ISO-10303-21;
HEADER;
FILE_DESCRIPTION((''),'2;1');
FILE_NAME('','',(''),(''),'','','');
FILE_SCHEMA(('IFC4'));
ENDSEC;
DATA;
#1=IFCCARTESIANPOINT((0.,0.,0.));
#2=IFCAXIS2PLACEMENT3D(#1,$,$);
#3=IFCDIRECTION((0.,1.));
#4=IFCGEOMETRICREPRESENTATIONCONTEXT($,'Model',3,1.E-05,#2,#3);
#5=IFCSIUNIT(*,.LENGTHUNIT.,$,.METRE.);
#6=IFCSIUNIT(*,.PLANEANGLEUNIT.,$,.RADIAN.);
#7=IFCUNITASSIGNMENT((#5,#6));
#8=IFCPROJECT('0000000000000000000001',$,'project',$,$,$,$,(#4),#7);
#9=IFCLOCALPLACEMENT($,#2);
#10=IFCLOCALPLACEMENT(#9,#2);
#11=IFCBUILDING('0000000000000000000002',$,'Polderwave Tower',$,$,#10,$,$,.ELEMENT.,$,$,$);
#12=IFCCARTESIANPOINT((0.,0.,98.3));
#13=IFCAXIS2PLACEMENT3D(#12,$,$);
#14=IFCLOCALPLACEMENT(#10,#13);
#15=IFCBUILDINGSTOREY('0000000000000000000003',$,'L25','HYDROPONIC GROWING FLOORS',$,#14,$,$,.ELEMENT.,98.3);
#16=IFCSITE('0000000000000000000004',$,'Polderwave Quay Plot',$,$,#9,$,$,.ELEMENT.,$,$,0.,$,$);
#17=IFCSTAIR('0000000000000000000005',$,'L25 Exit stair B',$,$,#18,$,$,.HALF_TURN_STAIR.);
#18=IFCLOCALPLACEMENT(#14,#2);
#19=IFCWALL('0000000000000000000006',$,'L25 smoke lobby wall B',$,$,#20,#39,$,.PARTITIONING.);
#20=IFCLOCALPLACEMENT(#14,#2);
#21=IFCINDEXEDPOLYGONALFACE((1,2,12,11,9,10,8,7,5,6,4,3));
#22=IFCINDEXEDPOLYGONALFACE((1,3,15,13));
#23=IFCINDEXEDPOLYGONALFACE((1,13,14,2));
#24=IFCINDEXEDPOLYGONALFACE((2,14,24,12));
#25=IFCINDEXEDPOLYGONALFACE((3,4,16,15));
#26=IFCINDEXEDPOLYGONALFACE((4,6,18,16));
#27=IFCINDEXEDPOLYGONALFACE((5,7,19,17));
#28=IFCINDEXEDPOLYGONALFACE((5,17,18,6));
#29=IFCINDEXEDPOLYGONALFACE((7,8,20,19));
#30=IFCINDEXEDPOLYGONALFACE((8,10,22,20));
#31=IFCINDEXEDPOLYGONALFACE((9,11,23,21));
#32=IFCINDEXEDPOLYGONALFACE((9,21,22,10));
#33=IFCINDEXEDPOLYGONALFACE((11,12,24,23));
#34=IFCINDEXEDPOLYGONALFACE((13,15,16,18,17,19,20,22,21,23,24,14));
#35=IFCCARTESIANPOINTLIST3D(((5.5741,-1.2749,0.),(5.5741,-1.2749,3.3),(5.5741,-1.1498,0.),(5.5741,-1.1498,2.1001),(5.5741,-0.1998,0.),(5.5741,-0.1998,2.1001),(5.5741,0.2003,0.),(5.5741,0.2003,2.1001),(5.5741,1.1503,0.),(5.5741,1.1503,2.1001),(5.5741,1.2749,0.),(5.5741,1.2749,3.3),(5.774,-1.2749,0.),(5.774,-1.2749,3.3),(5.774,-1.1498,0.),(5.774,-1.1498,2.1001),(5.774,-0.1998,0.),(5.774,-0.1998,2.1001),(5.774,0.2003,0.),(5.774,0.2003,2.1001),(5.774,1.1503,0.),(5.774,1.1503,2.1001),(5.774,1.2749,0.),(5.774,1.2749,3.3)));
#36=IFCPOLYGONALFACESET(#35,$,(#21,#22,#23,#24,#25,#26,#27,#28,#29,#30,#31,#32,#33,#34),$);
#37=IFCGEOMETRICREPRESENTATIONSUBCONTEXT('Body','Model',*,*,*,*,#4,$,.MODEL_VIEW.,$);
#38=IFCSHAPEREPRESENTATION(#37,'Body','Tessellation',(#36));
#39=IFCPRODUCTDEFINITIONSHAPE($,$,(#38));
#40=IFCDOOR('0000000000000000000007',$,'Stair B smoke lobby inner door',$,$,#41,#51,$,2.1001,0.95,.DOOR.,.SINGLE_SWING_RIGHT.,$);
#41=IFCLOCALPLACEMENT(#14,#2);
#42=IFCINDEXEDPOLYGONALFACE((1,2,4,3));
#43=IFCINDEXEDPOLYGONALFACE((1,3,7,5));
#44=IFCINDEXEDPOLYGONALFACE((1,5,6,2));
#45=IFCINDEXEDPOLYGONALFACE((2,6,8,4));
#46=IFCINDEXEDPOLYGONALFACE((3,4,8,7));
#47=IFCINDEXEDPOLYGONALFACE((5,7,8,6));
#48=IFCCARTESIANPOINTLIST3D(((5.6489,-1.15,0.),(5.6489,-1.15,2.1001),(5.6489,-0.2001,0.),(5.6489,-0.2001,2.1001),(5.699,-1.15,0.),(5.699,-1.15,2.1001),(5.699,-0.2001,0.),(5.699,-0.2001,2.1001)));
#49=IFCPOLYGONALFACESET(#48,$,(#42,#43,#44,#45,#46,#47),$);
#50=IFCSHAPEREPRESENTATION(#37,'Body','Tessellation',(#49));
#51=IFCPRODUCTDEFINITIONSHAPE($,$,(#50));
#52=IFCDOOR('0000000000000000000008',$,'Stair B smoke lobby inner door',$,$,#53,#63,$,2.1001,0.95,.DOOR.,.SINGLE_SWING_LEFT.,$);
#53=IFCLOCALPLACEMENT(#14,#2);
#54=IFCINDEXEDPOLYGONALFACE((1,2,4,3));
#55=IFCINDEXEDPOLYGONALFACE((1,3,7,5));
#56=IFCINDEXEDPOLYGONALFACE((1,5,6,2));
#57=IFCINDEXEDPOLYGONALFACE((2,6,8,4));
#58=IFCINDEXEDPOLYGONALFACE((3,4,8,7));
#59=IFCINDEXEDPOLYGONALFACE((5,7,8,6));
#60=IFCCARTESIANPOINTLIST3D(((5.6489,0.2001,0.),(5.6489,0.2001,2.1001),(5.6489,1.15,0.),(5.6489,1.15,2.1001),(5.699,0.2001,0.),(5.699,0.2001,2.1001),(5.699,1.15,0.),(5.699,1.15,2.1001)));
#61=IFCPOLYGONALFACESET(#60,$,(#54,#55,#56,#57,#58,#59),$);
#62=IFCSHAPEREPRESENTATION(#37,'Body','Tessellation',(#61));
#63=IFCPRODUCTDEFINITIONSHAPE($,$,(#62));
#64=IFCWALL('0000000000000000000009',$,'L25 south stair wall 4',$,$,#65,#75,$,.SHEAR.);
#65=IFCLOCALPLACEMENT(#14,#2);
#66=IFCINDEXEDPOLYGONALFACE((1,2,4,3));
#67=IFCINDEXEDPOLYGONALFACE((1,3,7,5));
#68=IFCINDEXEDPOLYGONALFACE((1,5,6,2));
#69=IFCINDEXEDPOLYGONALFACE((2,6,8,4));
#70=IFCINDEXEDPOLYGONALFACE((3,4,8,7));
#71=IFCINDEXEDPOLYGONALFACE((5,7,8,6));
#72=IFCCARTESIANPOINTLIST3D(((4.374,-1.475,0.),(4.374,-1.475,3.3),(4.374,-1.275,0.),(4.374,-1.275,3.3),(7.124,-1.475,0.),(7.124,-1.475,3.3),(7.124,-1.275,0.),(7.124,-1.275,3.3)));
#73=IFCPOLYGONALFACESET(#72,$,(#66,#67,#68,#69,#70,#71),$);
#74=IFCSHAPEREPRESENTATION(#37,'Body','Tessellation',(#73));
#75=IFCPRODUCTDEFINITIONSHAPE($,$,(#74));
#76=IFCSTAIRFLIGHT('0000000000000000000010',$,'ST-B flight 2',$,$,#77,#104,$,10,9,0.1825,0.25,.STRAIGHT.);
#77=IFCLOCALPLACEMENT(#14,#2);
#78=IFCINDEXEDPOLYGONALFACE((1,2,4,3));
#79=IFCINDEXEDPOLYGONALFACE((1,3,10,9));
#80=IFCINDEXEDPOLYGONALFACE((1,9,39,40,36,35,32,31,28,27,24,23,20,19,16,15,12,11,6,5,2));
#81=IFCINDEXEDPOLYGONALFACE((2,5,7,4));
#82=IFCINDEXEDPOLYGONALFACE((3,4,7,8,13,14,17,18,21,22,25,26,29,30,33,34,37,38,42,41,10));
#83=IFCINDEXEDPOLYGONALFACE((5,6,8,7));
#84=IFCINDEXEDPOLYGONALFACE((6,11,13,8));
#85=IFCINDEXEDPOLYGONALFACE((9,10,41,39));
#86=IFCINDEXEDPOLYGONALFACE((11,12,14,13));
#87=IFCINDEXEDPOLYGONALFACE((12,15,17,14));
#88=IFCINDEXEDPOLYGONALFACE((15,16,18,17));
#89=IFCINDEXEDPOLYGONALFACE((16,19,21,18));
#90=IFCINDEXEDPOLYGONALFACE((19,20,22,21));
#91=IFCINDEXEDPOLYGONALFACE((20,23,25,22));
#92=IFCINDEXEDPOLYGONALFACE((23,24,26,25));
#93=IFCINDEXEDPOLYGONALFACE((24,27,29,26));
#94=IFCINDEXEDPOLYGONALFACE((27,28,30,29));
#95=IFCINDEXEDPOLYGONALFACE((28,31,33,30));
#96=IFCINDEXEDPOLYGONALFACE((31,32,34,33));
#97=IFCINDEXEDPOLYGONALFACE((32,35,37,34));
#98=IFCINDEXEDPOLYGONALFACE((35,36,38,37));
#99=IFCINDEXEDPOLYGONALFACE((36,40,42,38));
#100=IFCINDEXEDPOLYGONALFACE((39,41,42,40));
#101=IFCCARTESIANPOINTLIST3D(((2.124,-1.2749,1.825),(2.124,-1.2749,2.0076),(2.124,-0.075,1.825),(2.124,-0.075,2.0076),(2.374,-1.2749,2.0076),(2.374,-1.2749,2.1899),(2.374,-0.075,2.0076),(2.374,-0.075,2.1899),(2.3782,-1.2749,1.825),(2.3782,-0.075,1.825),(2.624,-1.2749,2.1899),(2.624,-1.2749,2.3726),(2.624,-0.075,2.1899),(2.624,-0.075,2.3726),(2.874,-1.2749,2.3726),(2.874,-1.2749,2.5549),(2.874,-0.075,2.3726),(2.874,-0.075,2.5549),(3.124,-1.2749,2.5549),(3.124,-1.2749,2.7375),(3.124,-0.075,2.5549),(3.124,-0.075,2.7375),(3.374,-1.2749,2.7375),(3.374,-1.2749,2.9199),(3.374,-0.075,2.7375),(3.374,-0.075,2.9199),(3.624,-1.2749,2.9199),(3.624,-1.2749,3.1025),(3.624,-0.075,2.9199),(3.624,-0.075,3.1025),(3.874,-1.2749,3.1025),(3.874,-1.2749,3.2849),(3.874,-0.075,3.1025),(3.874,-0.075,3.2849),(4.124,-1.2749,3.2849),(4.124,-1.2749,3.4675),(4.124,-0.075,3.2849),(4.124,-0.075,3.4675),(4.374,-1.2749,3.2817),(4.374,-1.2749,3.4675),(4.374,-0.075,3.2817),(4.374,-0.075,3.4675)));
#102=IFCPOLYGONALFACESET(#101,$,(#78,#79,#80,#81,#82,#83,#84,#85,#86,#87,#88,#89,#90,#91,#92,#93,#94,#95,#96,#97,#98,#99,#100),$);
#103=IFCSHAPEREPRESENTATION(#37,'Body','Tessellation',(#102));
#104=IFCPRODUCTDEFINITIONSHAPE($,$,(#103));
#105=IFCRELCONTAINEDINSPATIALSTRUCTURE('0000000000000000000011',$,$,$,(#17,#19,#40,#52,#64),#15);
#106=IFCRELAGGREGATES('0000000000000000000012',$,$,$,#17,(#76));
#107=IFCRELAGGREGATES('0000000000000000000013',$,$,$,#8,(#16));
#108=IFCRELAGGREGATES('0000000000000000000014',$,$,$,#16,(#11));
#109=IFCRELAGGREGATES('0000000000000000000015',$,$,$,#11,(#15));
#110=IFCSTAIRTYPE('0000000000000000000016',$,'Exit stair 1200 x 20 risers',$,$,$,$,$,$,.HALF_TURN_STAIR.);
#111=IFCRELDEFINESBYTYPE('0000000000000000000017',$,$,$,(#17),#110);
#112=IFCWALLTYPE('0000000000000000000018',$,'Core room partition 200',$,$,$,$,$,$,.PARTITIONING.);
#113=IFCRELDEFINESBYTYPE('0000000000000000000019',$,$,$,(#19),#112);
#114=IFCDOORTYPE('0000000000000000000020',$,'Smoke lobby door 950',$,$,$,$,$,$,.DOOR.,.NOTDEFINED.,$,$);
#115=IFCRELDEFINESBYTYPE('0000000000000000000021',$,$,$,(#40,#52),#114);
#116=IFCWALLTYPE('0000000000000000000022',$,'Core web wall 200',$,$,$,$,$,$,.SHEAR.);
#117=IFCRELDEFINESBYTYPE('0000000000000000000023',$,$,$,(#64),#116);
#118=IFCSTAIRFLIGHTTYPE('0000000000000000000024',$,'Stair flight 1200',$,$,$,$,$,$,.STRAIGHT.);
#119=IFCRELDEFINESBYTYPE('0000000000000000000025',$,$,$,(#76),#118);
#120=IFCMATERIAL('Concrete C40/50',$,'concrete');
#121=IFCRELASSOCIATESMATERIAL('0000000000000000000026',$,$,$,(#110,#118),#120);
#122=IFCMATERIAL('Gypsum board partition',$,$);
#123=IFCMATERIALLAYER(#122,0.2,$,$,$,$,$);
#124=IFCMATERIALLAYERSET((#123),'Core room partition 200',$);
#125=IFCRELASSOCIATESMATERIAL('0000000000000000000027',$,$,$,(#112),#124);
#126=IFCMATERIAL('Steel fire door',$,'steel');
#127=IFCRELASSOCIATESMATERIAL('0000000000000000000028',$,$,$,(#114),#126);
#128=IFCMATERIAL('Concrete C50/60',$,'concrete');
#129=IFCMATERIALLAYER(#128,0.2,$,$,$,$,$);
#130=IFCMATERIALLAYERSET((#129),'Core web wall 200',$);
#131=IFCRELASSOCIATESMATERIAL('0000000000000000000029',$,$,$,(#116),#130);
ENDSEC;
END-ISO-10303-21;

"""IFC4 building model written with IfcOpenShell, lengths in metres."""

from ifc_helpers import new_model, si_unit, direction, frame, frame_2d, origin, place, context, subcontext, project, spatial, polyline, rectangle, outline, extrude, material, layer, layer_set, type_object, element, fill, aggregate, save


model = new_model("IFC4")

# Units and contexts
model_context = context("Model", 3, precision=1e-05, world=origin(), true_north=direction((0.0, 1.0)))
body_context = subcontext(model_context, "Body", "Model", "MODEL_VIEW")
ifc_project = project(units=[si_unit("LENGTHUNIT", "METRE"), si_unit("PLANEANGLEUNIT", "RADIAN")], contexts=[model_context])

# Site, building, storey
site_placement = place(None, origin())
site = spatial("IfcSite", under=ifc_project, at=site_placement, Name="Polderwave Quay Plot", CompositionType="ELEMENT", RefElevation=0.0)
building_placement = place(site_placement, origin())
building = spatial("IfcBuilding", under=site, at=building_placement, Name="Polderwave Tower", CompositionType="ELEMENT")
storey_placement = place(building_placement, frame((0.0, 0.0, 98.3)))
storey = spatial("IfcBuildingStorey", under=building, at=storey_placement, Name="L25", Description="HYDROPONIC GROWING FLOORS", CompositionType="ELEMENT", Elevation=98.3)

# Shared definitions
ifc_material_1 = material(Name="Concrete C40/50", Category="concrete")

# Stair
stair_type = type_object("IfcStairType", Name="Exit stair 1200 x 20 risers", PredefinedType="HALF_TURN_STAIR", material=ifc_material_1)
stair_1_placement = place(storey_placement, origin())
stair_1 = element("IfcStair", 1, at=stair_1_placement, inside=storey, type_object=stair_type, Name="L25 Exit stair B", PredefinedType="HALF_TURN_STAIR")

# Wall, openings, doors
ifc_material_2 = material(Name="Steel fire door", Category="steel")
ifc_material_3 = material(Name="Gypsum board partition")
ifc_layer_1 = layer(ifc_material_3, 0.2)
ifc_layer_set_1 = layer_set([ifc_layer_1], Name="Core room partition 200")
wall_type_1 = type_object("IfcWallType", Name="Core room partition 200", PredefinedType="PARTITIONING", material=ifc_layer_set_1)
wall_1_placement = place(storey_placement, frame((5.6741, -1.2749, 0.0), z_axis=(0.0, 0.0, 1.0), x_axis=(0.0, 1.0, 0.0)))
wall_1 = element("IfcWall", 2, at=wall_1_placement, inside=storey, type_object=wall_type_1, Name="L25 smoke lobby wall B", PredefinedType="PARTITIONING", context=body_context, shape_type="SweptSolid", body=[
    extrude(rectangle(XDim=2.5498, YDim=0.2, at=frame_2d((1.2749, 0.0))), origin(), (0.0, 0.0, 1.0), 3.3),
])
opening_1_placement = place(wall_1_placement, frame((0.125, 0.0, 0.0)))
opening_1 = element("IfcOpeningElement", 3, at=opening_1_placement, cuts=wall_1, PredefinedType="OPENING", context=body_context, shape_type="SweptSolid", body=[
    extrude(rectangle(XDim=0.95, YDim=2.1001, at=frame_2d((0.4751, 1.05))), frame((0.0, 0.1099, 0.0), z_axis=(0.0, -1.0, 0.0), x_axis=(1.0, 0.0, 0.0)), (0.0, 0.0, 1.0), 0.22),
])
opening_2_placement = place(wall_1_placement, frame((1.4751, 0.0, 0.0)))
opening_2 = element("IfcOpeningElement", 4, at=opening_2_placement, cuts=wall_1, PredefinedType="OPENING", context=body_context, shape_type="SweptSolid", body=[
    extrude(rectangle(XDim=0.95, YDim=2.1001, at=frame_2d((0.4751, 1.05))), frame((0.0, 0.1099, 0.0), z_axis=(0.0, -1.0, 0.0), x_axis=(1.0, 0.0, 0.0)), (0.0, 0.0, 1.0), 0.22),
])
door_type_1 = type_object("IfcDoorType", Name="Smoke lobby door 950", OperationType="NOTDEFINED", PredefinedType="DOOR", material=ifc_material_2)
door_1_placement = place(opening_1_placement, frame((0.95, 0.0, 0.0), z_axis=(0.0, 0.0, 1.0), x_axis=(-1.0, 0.0, 0.0)))
door_1 = element("IfcDoor", 5, at=door_1_placement, inside=storey, type_object=door_type_1, Name="Stair B smoke lobby inner door", OperationType="SINGLE_SWING_RIGHT", OverallHeight=2.1001, OverallWidth=0.95, PredefinedType="DOOR", context=body_context, shape_type="SweptSolid", body=[
    extrude(rectangle(XDim=0.95, YDim=2.1001, at=frame_2d((0.4751, 1.05))), frame((0.0, 0.0249, 0.0), z_axis=(0.0, -1.0, 0.0), x_axis=(1.0, 0.0, 0.0)), (0.0, 0.0, 1.0), 0.05),
])
fill(opening_1, door_1)
door_2_placement = place(opening_2_placement, frame((0.95, 0.0, 0.0), z_axis=(0.0, 0.0, 1.0), x_axis=(-1.0, 0.0, 0.0)))
door_2 = element("IfcDoor", 6, at=door_2_placement, inside=storey, type_object=door_type_1, Name="Stair B smoke lobby inner door", OperationType="SINGLE_SWING_LEFT", OverallHeight=2.1001, OverallWidth=0.95, PredefinedType="DOOR", context=body_context, shape_type="SweptSolid", body=[
    extrude(rectangle(XDim=0.95, YDim=2.1001, at=frame_2d((0.4751, 1.05))), frame((0.0, 0.0249, 0.0), z_axis=(0.0, -1.0, 0.0), x_axis=(1.0, 0.0, 0.0)), (0.0, 0.0, 1.0), 0.05),
])
fill(opening_2, door_2)

# Wall
ifc_material_4 = material(Name="Concrete C50/60", Category="concrete")
ifc_layer_2 = layer(ifc_material_4, 0.2)
ifc_layer_set_2 = layer_set([ifc_layer_2], Name="Core web wall 200")
wall_type_2 = type_object("IfcWallType", Name="Core web wall 200", PredefinedType="SHEAR", material=ifc_layer_set_2)
wall_2_placement = place(storey_placement, frame((4.374, -1.375, 0.0), z_axis=(0.0, 0.0, 1.0), x_axis=(1.0, 0.0, 0.0)))
element("IfcWall", 7, at=wall_2_placement, inside=storey, type_object=wall_type_2, Name="L25 south stair wall 4", PredefinedType="SHEAR", context=body_context, shape_type="SweptSolid", body=[
    extrude(rectangle(XDim=2.75, YDim=0.2, at=frame_2d((1.375, 0.0))), origin(), (0.0, 0.0, 1.0), 3.3),
])

# Stair flight
stair_flight_type = type_object("IfcStairFlightType", Name="Stair flight 1200", PredefinedType="STRAIGHT", material=ifc_material_1)
stair_flight_placement = place(storey_placement, frame((2.124, -0.675, 1.825), z_axis=(0.0, 0.0, 1.0), x_axis=(1.0, 0.0, 0.0)))
stair_flight = element("IfcStairFlight", 8, at=stair_flight_placement, type_object=stair_flight_type, Name="ST-B flight 2", NumberOfRisers=10, NumberOfTreads=9, PredefinedType="STRAIGHT", RiserHeight=0.1825, TreadLength=0.25, context=body_context, shape_type="SweptSolid", body=[
    extrude(outline(polyline([(0.0, 0.0), (0.0, 0.1826), (0.25, 0.1826), (0.25, 0.365), (0.5, 0.365), (0.5, 0.5476), (0.75, 0.5476), (0.75, 0.73), (1.0, 0.73), (1.0, 0.9126), (1.25, 0.9126), (1.25, 1.095), (1.5, 1.095), (1.5, 1.2776), (1.75, 1.2776), (1.75, 1.46), (2.0, 1.46), (2.0, 1.6426), (2.25, 1.6426), (2.25, 1.825), (2.25, 1.4568), (0.2542, 0.0), (0.0, 0.0)])), frame((0.0, 0.6001, 0.0), z_axis=(0.0, -1.0, 0.0), x_axis=(1.0, 0.0, 0.0)), (0.0, 0.0, 1.0), 1.2),
])
aggregate(stair_1, [stair_flight])

save(model, "model.ifc")
